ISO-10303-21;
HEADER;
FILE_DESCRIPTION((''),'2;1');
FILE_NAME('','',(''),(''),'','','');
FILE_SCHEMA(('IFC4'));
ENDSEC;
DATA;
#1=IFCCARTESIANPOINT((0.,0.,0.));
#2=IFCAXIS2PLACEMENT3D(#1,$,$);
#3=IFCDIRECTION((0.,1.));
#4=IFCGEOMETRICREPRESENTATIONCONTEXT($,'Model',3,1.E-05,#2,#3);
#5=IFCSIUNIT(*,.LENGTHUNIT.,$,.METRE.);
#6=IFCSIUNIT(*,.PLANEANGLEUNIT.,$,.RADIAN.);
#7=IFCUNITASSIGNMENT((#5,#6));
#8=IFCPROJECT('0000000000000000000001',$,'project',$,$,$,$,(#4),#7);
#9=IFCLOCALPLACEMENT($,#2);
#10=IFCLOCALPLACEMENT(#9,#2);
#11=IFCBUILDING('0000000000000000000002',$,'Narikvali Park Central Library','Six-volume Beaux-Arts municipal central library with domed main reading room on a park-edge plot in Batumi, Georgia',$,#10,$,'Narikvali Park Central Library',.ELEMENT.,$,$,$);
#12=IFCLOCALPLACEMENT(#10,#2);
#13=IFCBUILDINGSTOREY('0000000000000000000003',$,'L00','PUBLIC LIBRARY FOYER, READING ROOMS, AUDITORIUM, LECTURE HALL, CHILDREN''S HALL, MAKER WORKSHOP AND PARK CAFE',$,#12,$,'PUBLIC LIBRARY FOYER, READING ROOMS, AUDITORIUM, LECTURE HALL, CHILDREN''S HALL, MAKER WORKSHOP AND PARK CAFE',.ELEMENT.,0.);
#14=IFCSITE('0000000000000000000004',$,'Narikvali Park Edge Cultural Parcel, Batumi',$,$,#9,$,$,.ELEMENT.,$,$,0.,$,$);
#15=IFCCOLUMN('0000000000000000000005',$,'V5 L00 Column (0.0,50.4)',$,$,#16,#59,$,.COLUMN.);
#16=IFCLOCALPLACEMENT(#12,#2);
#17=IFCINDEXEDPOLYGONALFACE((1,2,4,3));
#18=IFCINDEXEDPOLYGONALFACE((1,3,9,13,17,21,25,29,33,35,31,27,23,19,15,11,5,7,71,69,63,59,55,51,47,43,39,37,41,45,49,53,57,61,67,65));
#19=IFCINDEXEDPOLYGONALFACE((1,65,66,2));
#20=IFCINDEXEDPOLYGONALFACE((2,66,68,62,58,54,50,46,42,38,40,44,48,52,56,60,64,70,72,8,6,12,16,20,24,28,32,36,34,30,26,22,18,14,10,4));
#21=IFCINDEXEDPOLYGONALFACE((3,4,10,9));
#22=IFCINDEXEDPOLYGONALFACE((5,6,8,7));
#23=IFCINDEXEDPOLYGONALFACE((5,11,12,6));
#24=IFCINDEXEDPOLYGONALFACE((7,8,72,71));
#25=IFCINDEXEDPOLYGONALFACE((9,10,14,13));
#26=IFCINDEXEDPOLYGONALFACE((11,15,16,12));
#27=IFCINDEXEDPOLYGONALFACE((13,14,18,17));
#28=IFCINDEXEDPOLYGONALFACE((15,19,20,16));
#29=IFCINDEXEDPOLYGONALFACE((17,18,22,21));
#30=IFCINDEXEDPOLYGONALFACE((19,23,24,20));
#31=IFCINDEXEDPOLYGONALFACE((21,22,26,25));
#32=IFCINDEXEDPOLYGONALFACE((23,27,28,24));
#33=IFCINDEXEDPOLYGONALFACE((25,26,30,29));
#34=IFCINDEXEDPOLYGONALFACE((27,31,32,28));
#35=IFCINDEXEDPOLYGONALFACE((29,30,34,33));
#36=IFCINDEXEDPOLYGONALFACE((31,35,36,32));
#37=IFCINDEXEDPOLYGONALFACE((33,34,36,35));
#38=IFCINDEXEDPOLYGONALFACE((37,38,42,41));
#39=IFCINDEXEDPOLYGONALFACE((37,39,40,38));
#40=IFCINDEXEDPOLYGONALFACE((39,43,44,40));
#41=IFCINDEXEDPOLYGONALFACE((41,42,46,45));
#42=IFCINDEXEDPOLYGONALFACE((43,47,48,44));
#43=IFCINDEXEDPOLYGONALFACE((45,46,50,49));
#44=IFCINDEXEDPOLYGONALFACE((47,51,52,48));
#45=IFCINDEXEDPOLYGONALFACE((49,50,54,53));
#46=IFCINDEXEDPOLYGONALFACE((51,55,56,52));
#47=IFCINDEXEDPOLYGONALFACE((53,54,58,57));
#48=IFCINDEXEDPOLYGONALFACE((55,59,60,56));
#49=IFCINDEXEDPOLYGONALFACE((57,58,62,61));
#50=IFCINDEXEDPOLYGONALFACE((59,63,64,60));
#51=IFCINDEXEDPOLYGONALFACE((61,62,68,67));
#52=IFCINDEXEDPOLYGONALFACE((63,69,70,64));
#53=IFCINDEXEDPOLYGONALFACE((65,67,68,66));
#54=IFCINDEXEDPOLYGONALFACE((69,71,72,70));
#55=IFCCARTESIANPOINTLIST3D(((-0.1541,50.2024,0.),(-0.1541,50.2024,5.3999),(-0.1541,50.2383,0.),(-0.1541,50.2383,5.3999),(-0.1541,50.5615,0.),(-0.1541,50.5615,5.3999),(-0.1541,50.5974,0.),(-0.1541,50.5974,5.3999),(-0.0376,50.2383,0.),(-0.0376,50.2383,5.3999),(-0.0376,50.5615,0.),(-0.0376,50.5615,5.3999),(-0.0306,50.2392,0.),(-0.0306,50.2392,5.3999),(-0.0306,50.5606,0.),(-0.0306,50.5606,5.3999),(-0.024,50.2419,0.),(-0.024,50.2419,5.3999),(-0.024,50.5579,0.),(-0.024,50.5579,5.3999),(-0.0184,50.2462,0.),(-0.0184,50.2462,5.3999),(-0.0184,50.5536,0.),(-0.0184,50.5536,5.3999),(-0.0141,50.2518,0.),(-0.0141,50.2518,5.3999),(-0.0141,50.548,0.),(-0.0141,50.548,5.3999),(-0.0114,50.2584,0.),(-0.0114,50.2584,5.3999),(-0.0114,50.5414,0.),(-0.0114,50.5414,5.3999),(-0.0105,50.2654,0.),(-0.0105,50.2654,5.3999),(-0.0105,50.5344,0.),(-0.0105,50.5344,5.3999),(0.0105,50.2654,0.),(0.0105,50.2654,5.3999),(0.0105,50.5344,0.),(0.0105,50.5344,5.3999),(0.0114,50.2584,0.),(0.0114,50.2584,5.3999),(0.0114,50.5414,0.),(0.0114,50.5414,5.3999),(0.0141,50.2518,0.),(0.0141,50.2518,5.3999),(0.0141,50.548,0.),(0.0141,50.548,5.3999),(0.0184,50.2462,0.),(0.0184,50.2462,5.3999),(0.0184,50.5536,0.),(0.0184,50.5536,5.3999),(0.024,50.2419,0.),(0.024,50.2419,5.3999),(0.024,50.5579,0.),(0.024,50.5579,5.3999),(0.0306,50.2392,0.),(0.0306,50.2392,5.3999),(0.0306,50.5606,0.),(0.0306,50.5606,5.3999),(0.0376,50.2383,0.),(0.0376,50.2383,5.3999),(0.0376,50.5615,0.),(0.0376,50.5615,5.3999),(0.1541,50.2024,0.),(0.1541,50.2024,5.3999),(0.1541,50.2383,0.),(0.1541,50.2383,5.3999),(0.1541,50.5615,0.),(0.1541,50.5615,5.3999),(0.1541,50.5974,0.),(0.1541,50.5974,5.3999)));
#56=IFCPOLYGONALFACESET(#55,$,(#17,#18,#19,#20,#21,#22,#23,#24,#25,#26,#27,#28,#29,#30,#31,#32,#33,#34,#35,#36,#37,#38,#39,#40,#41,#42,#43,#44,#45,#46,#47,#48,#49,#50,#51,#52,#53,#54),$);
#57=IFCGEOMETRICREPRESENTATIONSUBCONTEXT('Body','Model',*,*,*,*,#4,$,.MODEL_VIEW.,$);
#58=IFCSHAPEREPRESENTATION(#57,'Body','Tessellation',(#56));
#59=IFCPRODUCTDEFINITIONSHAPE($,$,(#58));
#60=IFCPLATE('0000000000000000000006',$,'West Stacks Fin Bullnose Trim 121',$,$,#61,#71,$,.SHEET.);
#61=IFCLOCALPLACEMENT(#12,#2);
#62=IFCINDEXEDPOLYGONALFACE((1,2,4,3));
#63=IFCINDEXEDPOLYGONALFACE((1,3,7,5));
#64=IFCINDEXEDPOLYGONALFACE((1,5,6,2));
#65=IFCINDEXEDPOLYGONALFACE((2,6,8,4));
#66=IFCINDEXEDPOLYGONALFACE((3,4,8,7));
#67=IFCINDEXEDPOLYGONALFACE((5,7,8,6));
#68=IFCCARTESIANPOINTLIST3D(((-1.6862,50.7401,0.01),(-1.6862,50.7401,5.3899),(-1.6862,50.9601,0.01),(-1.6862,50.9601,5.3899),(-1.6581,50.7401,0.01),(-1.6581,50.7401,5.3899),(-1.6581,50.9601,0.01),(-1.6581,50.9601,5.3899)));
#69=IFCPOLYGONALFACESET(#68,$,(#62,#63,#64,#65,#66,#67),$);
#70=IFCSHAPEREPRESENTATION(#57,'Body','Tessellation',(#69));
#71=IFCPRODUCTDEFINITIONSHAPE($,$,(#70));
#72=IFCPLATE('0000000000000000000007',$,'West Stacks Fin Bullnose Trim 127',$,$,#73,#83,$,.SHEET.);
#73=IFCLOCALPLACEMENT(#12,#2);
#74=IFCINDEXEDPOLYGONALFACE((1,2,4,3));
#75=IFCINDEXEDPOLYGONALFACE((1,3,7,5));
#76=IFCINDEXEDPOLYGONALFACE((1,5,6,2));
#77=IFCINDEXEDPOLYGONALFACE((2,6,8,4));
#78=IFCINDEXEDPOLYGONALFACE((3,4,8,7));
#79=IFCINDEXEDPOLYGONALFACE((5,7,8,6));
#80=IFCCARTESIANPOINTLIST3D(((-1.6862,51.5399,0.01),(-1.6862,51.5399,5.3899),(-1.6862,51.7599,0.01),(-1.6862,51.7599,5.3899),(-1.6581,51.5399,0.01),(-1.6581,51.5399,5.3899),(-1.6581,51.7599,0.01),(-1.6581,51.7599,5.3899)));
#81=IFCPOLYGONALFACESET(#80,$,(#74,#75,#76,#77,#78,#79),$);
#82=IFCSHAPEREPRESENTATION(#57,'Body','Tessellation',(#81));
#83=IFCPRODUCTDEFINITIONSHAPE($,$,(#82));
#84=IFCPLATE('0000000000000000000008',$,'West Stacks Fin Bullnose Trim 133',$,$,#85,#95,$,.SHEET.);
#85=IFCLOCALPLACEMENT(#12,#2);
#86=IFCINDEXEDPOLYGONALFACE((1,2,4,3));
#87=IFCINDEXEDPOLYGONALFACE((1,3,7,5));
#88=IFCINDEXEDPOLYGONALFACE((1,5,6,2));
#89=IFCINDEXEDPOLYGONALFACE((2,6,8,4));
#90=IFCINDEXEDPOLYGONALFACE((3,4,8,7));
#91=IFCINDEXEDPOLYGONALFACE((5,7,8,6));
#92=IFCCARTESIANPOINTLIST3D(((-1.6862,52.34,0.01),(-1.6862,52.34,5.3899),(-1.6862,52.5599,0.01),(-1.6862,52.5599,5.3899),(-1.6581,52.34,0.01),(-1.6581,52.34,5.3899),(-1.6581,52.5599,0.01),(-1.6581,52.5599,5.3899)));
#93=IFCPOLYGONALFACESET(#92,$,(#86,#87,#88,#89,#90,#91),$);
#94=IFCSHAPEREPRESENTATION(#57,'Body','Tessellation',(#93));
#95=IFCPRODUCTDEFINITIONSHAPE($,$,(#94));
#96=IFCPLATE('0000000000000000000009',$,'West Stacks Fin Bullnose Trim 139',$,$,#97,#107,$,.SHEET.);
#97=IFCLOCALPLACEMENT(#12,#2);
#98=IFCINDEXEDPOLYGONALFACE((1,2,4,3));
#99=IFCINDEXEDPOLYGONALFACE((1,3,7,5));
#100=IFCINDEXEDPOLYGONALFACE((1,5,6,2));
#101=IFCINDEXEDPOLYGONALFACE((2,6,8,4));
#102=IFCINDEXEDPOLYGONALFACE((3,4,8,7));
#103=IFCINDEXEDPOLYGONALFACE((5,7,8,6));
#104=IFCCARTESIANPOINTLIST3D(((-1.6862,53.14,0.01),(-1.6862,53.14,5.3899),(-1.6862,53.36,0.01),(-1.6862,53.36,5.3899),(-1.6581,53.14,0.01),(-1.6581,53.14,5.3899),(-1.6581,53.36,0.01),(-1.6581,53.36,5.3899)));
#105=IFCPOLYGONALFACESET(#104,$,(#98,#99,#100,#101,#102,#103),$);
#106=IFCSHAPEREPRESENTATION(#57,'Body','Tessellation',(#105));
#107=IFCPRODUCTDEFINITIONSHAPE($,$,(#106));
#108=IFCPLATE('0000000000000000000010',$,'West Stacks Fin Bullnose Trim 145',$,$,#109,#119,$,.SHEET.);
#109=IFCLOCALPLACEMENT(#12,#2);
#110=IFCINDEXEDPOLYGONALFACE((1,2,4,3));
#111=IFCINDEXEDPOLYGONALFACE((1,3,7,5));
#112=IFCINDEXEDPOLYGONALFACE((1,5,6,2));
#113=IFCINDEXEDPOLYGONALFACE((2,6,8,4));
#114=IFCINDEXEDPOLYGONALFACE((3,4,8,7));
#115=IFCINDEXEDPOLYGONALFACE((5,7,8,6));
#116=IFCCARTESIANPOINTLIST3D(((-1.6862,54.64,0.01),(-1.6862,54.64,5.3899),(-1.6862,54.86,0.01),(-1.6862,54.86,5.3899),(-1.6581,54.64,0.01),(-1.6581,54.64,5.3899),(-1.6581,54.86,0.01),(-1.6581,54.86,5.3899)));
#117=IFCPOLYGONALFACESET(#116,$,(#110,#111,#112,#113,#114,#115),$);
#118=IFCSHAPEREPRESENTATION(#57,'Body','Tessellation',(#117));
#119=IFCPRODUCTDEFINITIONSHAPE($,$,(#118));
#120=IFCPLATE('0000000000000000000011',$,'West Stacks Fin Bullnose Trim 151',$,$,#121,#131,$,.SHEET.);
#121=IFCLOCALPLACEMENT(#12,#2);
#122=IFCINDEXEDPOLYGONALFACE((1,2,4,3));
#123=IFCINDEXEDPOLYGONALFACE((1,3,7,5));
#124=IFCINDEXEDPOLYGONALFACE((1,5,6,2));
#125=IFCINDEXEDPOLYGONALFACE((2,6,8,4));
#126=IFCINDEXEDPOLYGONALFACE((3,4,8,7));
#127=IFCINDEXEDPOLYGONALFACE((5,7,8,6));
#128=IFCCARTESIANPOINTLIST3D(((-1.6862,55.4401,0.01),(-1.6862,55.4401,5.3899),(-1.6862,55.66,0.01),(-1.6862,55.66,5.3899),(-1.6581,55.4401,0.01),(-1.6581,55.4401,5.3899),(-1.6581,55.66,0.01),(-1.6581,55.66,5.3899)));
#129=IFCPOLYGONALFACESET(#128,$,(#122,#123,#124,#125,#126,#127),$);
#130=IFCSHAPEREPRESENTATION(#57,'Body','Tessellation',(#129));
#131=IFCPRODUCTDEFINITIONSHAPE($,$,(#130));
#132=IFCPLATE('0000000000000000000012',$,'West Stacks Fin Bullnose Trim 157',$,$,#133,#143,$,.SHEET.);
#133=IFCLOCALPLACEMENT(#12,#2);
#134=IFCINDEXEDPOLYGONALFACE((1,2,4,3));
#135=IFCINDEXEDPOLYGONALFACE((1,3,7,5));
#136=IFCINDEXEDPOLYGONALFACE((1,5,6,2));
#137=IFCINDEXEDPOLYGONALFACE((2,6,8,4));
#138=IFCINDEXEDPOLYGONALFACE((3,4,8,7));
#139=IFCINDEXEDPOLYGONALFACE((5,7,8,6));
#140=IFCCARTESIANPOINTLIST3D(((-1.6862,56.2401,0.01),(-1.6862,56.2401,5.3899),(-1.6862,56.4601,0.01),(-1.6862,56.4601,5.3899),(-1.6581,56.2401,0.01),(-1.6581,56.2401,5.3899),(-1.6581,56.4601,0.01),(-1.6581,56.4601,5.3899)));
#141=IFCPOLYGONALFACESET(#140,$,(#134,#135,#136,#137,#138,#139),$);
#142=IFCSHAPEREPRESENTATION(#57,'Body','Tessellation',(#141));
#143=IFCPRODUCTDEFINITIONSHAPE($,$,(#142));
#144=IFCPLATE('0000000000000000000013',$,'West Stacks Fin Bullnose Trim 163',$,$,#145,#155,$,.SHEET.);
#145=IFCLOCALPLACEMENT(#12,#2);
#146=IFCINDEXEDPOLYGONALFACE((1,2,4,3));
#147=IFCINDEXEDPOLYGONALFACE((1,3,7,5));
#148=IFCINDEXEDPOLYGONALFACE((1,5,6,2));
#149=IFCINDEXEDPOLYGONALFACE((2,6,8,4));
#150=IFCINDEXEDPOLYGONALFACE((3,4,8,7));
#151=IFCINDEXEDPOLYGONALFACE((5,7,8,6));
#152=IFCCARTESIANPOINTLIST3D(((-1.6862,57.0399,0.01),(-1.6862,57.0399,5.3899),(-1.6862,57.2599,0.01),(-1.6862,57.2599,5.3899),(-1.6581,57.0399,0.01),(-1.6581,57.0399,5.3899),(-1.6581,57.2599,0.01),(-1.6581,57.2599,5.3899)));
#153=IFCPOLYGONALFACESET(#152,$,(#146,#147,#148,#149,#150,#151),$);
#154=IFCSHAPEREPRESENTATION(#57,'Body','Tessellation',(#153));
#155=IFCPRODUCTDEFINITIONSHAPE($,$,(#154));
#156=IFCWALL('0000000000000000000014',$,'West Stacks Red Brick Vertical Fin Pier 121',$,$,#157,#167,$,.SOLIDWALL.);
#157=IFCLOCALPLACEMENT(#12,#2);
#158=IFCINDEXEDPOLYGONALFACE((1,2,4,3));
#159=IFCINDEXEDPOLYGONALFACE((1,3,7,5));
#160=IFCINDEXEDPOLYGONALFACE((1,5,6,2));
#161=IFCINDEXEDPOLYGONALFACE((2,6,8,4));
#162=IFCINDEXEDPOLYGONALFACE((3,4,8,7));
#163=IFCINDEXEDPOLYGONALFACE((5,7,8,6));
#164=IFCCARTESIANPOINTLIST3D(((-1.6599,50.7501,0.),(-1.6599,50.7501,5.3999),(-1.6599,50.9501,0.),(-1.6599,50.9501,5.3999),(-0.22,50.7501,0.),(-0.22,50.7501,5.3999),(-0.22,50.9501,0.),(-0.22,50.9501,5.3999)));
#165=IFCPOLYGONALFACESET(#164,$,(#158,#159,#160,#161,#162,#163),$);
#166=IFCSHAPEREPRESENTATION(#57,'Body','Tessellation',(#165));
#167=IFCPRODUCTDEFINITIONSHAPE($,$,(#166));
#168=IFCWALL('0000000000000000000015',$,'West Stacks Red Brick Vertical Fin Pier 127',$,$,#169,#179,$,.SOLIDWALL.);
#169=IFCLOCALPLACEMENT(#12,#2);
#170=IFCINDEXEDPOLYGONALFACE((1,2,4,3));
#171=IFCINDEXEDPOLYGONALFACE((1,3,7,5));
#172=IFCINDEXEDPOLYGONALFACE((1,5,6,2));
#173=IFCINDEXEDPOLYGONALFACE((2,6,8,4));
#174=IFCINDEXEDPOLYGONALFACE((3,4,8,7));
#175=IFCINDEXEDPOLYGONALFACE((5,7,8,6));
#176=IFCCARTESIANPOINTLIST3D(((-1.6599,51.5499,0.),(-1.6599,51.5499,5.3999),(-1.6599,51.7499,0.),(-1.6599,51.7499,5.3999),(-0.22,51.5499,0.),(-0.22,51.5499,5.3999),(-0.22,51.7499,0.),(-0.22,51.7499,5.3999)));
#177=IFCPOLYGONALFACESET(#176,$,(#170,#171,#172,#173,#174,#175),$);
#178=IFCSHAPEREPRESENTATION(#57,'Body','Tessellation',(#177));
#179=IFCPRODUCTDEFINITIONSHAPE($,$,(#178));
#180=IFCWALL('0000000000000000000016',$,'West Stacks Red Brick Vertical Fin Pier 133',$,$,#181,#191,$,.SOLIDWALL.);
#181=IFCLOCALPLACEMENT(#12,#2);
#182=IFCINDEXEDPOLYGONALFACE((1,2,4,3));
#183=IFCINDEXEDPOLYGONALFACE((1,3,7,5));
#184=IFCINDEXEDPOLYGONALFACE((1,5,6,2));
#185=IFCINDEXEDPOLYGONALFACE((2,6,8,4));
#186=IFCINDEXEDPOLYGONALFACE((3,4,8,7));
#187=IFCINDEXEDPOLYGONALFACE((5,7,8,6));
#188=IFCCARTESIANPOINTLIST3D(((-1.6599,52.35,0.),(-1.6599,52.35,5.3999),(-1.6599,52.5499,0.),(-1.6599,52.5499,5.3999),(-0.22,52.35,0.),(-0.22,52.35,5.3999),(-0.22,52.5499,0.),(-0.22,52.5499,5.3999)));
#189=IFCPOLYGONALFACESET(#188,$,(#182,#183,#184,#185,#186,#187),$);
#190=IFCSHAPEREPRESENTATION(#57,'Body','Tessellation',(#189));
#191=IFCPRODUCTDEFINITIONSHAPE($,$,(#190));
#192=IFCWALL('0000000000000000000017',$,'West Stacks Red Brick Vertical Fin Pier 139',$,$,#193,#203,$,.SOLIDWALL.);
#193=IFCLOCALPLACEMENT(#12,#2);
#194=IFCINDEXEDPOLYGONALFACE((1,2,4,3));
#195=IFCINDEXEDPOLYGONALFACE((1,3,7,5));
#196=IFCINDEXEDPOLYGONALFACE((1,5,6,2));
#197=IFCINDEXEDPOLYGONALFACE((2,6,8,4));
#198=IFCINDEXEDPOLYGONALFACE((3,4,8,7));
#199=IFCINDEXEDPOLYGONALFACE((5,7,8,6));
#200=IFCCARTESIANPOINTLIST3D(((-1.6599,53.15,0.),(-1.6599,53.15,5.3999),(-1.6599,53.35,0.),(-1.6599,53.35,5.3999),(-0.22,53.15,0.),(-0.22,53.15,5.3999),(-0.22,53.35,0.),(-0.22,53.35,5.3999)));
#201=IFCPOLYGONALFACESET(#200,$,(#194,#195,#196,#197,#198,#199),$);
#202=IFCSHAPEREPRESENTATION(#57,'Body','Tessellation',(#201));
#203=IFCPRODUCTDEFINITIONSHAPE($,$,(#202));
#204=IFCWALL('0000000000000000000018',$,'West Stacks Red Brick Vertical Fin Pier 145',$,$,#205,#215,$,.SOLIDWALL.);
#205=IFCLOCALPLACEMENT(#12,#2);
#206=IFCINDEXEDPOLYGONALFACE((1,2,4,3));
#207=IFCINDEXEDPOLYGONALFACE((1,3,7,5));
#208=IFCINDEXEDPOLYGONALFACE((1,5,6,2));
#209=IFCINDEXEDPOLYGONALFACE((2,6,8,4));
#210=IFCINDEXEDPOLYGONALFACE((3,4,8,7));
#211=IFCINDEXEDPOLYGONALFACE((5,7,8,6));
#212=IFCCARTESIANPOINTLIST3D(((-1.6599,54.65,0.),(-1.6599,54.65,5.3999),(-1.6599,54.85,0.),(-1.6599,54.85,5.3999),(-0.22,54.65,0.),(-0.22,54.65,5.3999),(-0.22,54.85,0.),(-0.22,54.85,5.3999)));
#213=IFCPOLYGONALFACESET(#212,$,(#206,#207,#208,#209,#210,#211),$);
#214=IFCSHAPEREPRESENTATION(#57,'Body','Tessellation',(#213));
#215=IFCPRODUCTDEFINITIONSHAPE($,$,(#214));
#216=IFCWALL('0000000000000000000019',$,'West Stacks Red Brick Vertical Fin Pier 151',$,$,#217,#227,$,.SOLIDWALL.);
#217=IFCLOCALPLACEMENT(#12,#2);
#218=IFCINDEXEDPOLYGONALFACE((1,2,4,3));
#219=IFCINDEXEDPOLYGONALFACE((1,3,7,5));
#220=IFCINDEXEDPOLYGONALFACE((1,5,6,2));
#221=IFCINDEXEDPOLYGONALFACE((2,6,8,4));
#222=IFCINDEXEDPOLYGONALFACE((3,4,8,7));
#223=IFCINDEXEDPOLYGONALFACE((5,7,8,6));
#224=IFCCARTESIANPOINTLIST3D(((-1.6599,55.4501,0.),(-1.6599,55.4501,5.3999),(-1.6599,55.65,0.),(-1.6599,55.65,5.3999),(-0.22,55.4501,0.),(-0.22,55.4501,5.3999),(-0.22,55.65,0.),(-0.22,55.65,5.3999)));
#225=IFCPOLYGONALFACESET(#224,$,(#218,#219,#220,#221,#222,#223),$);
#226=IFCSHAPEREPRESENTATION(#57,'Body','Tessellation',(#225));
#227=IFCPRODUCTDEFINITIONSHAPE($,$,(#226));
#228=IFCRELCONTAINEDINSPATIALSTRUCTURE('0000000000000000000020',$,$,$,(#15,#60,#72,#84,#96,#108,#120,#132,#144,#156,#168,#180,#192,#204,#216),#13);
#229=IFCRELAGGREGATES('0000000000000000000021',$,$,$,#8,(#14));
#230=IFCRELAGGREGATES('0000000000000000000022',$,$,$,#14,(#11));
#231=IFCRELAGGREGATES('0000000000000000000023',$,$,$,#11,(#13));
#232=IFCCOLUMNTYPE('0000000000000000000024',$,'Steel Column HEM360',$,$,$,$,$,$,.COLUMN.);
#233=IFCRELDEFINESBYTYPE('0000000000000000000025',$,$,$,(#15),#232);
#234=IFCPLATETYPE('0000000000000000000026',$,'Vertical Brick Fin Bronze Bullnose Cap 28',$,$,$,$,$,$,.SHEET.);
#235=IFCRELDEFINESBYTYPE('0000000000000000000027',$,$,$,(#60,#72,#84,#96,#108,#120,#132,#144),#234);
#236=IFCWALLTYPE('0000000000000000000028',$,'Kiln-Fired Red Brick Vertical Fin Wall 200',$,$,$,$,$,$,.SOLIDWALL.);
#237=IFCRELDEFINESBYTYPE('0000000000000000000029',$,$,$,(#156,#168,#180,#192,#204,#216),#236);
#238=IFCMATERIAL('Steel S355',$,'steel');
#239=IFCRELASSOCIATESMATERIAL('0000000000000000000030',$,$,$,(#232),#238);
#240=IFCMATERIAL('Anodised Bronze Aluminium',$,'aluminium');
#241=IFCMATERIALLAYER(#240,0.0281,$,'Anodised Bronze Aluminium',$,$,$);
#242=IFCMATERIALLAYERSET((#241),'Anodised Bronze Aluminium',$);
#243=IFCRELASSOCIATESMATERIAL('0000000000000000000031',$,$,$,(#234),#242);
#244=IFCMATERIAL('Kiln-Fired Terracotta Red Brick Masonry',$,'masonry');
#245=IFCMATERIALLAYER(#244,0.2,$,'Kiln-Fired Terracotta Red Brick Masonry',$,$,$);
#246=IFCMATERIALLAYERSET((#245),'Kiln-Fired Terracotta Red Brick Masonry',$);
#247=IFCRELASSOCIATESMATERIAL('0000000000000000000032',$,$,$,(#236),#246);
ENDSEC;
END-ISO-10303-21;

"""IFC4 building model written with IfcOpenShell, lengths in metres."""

from ifc_helpers import new_model, si_unit, direction, frame, frame_2d, origin, origin_2d, place, context, subcontext, project, spatial, rectangle, i_section, extrude, material, layer, layer_set, material_profile, profile_set, type_object, element, save


model = new_model("IFC4")

# Units and contexts
model_context = context("Model", 3, precision=1e-05, world=origin(), true_north=direction((0.0, 1.0)))
body_context = subcontext(model_context, "Body", "Model", "MODEL_VIEW")
ifc_project = project(units=[si_unit("LENGTHUNIT", "METRE"), si_unit("PLANEANGLEUNIT", "RADIAN")], contexts=[model_context])

# Site, building, storey
site_placement = place(None, origin())
site = spatial("IfcSite", under=ifc_project, at=site_placement, Name="Narikvali Park Edge Cultural Parcel, Batumi", CompositionType="ELEMENT", RefElevation=0.0)
building_placement = place(site_placement, origin())
building = spatial("IfcBuilding", under=site, at=building_placement, Name="Narikvali Park Central Library", Description="Six-volume Beaux-Arts municipal central library with domed main reading room on a park-edge plot in Batumi, Georgia", LongName="Narikvali Park Central Library", CompositionType="ELEMENT")
storey_placement = place(building_placement, origin())
storey = spatial("IfcBuildingStorey", under=building, at=storey_placement, Name="L00", Description="PUBLIC LIBRARY FOYER, READING ROOMS, AUDITORIUM, LECTURE HALL, CHILDREN'S HALL, MAKER WORKSHOP AND PARK CAFE", LongName="PUBLIC LIBRARY FOYER, READING ROOMS, AUDITORIUM, LECTURE HALL, CHILDREN'S HALL, MAKER WORKSHOP AND PARK CAFE", CompositionType="ELEMENT", Elevation=0.0)

# Column
ifc_material_1 = material(Name="Steel S355", Category="steel")
ifc_material_profile = material_profile(ifc_material_1, i_section(OverallWidth=0.3081, OverallDepth=0.395, WebThickness=0.021, FlangeThickness=0.0359, FilletRadius=0.0271, at=origin_2d()), Name="HEM 360")
ifc_profile_set = profile_set([ifc_material_profile], Name="Steel S355")
column_type = type_object("IfcColumnType", Name="Steel Column HEM360", PredefinedType="COLUMN", material=ifc_profile_set)
column_placement = place(storey_placement, frame((0.0, 50.3999, 0.0), z_axis=(0.0, 0.0, 1.0), x_axis=(1.0, 0.0, 0.0)))
element("IfcColumn", 1, at=column_placement, inside=storey, type_object=column_type, Name="V5 L00 Column (0.0,50.4)", PredefinedType="COLUMN", context=body_context, shape_type="SweptSolid", body=[
    extrude(i_section(OverallWidth=0.3081, OverallDepth=0.395, WebThickness=0.021, FlangeThickness=0.0359, FilletRadius=0.0271, at=origin_2d()), origin(), (0.0, 0.0, 1.0), 5.3999),
])

# Plates
ifc_material_2 = material(Name="Anodised Bronze Aluminium", Category="aluminium")
ifc_layer_1 = layer(ifc_material_2, 0.0281, Name="Anodised Bronze Aluminium")
ifc_layer_set_1 = layer_set([ifc_layer_1], Name="Anodised Bronze Aluminium")
plate_type = type_object("IfcPlateType", Name="Vertical Brick Fin Bronze Bullnose Cap 28", PredefinedType="SHEET", material=ifc_layer_set_1)
for number, where, z_axis, x_axis, name in (
    (2, (-1.6721, 50.8501, 0.01), (0.0, 0.0, 1.0), (1.0, 0.0, 0.0), "West Stacks Fin Bullnose Trim 121"),
    (3, (-1.6721, 51.6499, 0.01), (0.0, 0.0, 1.0), (1.0, 0.0, 0.0), "West Stacks Fin Bullnose Trim 127"),
    (4, (-1.6721, 52.45, 0.01), (0.0, 0.0, 1.0), (1.0, 0.0, 0.0), "West Stacks Fin Bullnose Trim 133"),
    (5, (-1.6721, 53.25, 0.01), (0.0, 0.0, 1.0), (1.0, 0.0, 0.0), "West Stacks Fin Bullnose Trim 139"),
    (6, (-1.6721, 54.75, 0.01), (0.0, 0.0, 1.0), (1.0, 0.0, 0.0), "West Stacks Fin Bullnose Trim 145"),
    (7, (-1.6721, 55.55, 0.01), (0.0, 0.0, 1.0), (1.0, 0.0, 0.0), "West Stacks Fin Bullnose Trim 151"),
    (8, (-1.6721, 56.3501, 0.01), (0.0, 0.0, 1.0), (1.0, 0.0, 0.0), "West Stacks Fin Bullnose Trim 157"),
    (9, (-1.6721, 57.1499, 0.01), (0.0, 0.0, 1.0), (1.0, 0.0, 0.0), "West Stacks Fin Bullnose Trim 163"),
):
    element("IfcPlate", number, at=place(storey_placement, frame(where, z_axis=z_axis, x_axis=x_axis)), inside=storey, type_object=plate_type, Name=name, PredefinedType="SHEET", context=body_context, shape_type="SweptSolid", body=[
        extrude(rectangle(XDim=0.0281, YDim=0.22, at=origin_2d()), origin(), (0.0, 0.0, 1.0), 5.3799),
    ])

# Walls
ifc_material_3 = material(Name="Kiln-Fired Terracotta Red Brick Masonry", Category="masonry")
ifc_layer_2 = layer(ifc_material_3, 0.2, Name="Kiln-Fired Terracotta Red Brick Masonry")
ifc_layer_set_2 = layer_set([ifc_layer_2], Name="Kiln-Fired Terracotta Red Brick Masonry")
wall_type = type_object("IfcWallType", Name="Kiln-Fired Red Brick Vertical Fin Wall 200", PredefinedType="SOLIDWALL", material=ifc_layer_set_2)
for number, where, z_axis, x_axis, name in (
    (10, (-1.6599, 50.8501, 0.0), (0.0, 0.0, 1.0), (1.0, 0.0, 0.0), "West Stacks Red Brick Vertical Fin Pier 121"),
    (11, (-1.6599, 51.6499, 0.0), (0.0, 0.0, 1.0), (1.0, 0.0, 0.0), "West Stacks Red Brick Vertical Fin Pier 127"),
    (12, (-1.6599, 52.45, 0.0), (0.0, 0.0, 1.0), (1.0, 0.0, 0.0), "West Stacks Red Brick Vertical Fin Pier 133"),
    (13, (-1.6599, 53.25, 0.0), (0.0, 0.0, 1.0), (1.0, 0.0, 0.0), "West Stacks Red Brick Vertical Fin Pier 139"),
    (14, (-1.6599, 54.75, 0.0), (0.0, 0.0, 1.0), (1.0, 0.0, 0.0), "West Stacks Red Brick Vertical Fin Pier 145"),
    (15, (-1.6599, 55.55, 0.0), (0.0, 0.0, 1.0), (1.0, 0.0, 0.0), "West Stacks Red Brick Vertical Fin Pier 151"),
):
    element("IfcWall", number, at=place(storey_placement, frame(where, z_axis=z_axis, x_axis=x_axis)), inside=storey, type_object=wall_type, Name=name, PredefinedType="SOLIDWALL", context=body_context, shape_type="SweptSolid", body=[
        extrude(rectangle(XDim=1.4399, YDim=0.2, at=frame_2d((0.72, 0.0))), origin(), (0.0, 0.0, 1.0), 5.3999),
    ])

save(model, "model.ifc")
